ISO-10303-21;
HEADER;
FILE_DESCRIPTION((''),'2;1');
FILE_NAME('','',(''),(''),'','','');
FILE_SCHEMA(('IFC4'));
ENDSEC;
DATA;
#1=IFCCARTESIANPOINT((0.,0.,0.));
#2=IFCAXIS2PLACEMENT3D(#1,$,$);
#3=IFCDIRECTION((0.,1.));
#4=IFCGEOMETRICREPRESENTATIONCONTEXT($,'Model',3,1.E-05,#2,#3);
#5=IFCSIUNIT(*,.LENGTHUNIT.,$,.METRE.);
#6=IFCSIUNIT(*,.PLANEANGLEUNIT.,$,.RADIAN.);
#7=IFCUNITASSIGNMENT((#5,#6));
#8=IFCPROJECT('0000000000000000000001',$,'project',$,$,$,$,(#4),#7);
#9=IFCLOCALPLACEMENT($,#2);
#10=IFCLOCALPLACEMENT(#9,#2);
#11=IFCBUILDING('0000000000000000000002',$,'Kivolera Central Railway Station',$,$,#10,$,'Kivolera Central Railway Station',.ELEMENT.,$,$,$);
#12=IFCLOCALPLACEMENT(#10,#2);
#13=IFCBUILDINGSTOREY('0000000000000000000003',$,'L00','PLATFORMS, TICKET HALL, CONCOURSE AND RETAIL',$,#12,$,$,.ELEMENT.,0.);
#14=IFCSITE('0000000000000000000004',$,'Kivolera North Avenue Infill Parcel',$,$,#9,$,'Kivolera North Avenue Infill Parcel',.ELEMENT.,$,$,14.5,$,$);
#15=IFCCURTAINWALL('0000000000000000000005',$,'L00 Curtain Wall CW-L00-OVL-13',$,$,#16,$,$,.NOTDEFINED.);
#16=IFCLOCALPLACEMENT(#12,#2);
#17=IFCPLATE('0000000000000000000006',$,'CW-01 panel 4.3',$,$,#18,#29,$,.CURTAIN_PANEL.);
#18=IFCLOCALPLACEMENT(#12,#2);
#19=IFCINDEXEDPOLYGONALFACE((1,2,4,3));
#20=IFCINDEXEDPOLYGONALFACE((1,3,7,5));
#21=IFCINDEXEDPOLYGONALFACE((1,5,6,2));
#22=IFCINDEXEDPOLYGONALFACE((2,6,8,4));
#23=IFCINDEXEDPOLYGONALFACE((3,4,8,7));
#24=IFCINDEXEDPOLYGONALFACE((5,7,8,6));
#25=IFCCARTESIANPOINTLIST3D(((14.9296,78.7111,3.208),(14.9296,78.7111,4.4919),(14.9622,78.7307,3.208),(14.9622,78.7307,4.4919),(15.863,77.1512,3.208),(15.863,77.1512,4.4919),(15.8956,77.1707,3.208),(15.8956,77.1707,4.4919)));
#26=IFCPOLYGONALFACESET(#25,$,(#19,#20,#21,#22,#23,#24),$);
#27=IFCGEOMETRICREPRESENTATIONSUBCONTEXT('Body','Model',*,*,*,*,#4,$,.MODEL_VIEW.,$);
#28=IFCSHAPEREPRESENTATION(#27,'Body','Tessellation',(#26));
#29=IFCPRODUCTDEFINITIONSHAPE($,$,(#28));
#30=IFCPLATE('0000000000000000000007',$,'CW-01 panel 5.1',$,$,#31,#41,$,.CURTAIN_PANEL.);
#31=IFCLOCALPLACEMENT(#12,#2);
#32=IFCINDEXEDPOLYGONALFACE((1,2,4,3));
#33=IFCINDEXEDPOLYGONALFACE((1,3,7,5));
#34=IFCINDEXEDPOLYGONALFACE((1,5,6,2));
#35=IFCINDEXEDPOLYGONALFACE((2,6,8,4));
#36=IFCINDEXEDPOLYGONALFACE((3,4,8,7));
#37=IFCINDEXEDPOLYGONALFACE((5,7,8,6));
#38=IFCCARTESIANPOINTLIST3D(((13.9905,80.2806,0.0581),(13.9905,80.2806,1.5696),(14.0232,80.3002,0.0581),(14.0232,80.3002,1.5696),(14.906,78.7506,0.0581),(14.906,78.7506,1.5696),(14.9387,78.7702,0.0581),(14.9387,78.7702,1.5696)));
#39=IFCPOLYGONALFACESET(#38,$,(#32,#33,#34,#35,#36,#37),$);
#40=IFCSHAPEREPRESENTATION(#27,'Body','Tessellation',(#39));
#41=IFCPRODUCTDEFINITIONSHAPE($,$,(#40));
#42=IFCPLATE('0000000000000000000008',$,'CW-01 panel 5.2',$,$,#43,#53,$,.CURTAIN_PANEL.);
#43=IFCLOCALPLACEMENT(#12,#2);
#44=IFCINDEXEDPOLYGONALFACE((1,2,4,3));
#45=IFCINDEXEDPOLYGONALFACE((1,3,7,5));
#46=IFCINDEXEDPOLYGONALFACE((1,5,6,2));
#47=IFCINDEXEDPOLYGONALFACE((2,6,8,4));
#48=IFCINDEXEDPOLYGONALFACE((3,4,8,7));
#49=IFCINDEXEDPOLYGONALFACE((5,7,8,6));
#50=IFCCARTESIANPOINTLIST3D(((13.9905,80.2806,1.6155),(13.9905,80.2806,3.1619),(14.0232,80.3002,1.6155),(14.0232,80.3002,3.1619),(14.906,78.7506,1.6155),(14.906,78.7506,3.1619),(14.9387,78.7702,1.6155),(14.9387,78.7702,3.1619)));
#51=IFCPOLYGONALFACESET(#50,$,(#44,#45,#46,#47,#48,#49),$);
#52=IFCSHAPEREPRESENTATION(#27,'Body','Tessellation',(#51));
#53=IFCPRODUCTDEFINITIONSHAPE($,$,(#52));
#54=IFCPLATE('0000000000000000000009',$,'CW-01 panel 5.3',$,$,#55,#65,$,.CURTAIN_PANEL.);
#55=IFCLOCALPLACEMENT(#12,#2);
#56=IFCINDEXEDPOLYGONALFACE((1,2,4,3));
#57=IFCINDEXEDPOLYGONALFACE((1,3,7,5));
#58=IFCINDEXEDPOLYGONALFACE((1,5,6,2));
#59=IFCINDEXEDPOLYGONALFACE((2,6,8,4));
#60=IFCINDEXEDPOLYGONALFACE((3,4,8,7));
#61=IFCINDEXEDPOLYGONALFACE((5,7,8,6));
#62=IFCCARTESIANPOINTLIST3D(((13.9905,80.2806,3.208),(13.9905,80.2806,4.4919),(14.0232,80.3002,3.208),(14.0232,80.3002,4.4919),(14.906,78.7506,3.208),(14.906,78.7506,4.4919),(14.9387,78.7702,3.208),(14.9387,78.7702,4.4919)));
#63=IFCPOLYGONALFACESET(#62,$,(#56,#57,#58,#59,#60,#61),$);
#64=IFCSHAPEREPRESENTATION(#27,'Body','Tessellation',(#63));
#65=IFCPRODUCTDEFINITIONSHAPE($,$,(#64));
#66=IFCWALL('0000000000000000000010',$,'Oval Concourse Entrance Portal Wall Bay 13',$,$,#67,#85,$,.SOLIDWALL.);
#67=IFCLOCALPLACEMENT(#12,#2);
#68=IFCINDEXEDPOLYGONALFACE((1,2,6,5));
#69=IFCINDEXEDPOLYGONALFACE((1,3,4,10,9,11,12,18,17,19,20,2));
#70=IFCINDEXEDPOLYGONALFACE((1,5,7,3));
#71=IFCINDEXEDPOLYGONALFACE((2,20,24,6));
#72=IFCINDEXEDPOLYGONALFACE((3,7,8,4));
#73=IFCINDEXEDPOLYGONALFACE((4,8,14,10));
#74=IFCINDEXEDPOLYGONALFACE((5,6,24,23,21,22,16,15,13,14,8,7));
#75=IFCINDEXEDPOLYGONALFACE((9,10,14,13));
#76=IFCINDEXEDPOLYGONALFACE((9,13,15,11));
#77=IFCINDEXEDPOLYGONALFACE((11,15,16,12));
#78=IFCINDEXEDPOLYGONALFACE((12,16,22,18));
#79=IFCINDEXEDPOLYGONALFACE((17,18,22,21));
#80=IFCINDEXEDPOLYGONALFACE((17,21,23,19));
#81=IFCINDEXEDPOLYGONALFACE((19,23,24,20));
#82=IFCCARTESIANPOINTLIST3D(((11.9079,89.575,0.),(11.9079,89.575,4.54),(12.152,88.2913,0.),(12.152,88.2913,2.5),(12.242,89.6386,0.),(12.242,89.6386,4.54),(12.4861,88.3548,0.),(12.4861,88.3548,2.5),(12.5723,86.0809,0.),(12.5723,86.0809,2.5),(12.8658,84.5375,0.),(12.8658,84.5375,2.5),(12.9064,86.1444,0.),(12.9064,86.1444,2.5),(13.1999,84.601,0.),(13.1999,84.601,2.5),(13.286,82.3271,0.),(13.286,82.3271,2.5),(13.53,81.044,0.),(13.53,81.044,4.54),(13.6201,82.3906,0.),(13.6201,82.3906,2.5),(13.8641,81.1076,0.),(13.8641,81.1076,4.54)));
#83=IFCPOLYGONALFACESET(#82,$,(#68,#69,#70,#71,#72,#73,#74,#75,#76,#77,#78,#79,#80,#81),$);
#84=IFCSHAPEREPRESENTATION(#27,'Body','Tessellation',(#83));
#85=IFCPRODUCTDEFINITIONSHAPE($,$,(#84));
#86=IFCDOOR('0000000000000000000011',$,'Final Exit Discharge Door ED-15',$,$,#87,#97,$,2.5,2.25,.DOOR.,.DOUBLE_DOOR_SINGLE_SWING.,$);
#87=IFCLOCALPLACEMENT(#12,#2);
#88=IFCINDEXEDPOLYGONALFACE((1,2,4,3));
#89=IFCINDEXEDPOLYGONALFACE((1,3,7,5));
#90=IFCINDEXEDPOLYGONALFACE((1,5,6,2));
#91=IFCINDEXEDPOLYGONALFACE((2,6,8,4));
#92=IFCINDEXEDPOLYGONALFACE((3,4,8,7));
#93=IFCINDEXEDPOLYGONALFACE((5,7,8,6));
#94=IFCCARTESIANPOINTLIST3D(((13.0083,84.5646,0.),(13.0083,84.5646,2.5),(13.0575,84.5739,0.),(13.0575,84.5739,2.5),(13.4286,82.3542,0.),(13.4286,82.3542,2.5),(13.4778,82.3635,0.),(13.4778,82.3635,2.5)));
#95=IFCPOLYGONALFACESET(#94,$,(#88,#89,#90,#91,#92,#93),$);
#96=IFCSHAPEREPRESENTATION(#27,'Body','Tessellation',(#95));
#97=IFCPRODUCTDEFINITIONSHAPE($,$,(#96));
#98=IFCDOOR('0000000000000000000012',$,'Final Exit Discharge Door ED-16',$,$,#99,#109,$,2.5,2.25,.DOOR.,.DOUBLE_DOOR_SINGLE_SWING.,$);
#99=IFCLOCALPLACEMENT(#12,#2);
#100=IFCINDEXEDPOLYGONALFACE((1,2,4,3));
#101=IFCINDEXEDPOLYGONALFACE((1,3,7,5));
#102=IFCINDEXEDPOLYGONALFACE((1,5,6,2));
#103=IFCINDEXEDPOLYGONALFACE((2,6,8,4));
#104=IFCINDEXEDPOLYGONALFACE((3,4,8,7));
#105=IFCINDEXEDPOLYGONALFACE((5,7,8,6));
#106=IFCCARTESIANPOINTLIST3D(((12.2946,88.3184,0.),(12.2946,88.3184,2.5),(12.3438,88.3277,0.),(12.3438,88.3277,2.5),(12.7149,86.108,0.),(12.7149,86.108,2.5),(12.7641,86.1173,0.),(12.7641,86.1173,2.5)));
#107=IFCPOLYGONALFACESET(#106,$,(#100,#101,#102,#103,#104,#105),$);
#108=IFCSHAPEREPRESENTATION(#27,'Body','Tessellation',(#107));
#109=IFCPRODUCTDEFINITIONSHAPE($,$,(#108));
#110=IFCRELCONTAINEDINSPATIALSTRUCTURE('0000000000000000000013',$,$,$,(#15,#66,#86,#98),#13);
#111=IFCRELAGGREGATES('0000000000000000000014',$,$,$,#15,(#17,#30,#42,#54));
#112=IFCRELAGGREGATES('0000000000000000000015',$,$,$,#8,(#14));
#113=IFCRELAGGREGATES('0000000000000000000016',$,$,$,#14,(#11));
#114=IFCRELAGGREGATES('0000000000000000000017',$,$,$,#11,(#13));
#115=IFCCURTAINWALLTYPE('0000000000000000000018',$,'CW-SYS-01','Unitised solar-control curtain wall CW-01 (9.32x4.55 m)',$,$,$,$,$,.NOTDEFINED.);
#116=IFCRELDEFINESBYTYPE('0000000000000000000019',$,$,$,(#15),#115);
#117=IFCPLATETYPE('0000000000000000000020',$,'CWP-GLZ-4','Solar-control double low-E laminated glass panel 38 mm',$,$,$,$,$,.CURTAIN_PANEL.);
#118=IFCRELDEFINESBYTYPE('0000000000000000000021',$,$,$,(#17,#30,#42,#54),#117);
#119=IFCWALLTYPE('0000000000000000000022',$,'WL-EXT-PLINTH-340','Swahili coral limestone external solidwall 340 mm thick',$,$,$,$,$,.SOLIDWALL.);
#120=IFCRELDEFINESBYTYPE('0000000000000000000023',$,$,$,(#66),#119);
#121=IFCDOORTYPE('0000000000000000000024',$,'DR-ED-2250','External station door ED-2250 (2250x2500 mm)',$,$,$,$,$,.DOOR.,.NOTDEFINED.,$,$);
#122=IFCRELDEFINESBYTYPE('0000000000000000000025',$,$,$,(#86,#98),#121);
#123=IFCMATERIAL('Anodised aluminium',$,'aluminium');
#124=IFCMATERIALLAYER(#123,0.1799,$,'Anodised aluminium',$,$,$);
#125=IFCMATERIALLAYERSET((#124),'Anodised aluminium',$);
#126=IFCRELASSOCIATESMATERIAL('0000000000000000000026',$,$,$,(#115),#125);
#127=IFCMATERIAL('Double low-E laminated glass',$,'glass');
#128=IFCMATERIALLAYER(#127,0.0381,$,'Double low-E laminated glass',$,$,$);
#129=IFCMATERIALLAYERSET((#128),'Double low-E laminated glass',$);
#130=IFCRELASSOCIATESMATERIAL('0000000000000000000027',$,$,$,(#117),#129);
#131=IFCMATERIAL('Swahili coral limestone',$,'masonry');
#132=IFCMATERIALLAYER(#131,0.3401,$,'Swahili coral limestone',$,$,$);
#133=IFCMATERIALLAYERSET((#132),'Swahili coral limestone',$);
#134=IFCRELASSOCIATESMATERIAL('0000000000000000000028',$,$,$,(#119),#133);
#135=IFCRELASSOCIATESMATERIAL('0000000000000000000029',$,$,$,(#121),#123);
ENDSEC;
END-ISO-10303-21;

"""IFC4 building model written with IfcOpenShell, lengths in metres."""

from ifc_helpers import new_model, si_unit, direction, frame, frame_2d, origin, origin_2d, place, context, subcontext, project, spatial, rectangle, extrude, material, layer, layer_set, type_object, element, fill, aggregate, save


model = new_model("IFC4")

# Units and contexts
model_context = context("Model", 3, precision=1e-05, world=origin(), true_north=direction((0.0, 1.0)))
body_context = subcontext(model_context, "Body", "Model", "MODEL_VIEW")
ifc_project = project(units=[si_unit("LENGTHUNIT", "METRE"), si_unit("PLANEANGLEUNIT", "RADIAN")], contexts=[model_context])

# Site, building, storey
site_placement = place(None, origin())
site = spatial("IfcSite", under=ifc_project, at=site_placement, Name="Kivolera North Avenue Infill Parcel", LongName="Kivolera North Avenue Infill Parcel", CompositionType="ELEMENT", RefElevation=14.5)
building_placement = place(site_placement, origin())
building = spatial("IfcBuilding", under=site, at=building_placement, Name="Kivolera Central Railway Station", LongName="Kivolera Central Railway Station", CompositionType="ELEMENT")
storey_placement = place(building_placement, origin())
storey = spatial("IfcBuildingStorey", under=building, at=storey_placement, Name="L00", Description="PLATFORMS, TICKET HALL, CONCOURSE AND RETAIL", CompositionType="ELEMENT", Elevation=0.0)

# Curtain wall, plates
ifc_material_1 = material(Name="Anodised aluminium", Category="aluminium")
ifc_layer_1 = layer(ifc_material_1, 0.1799, Name="Anodised aluminium")
ifc_layer_set_1 = layer_set([ifc_layer_1], Name="Anodised aluminium")
curtain_wall_type = type_object("IfcCurtainWallType", Name="CW-SYS-01", Description="Unitised solar-control curtain wall CW-01 (9.32x4.55 m)", PredefinedType="NOTDEFINED", material=ifc_layer_set_1)
curtain_wall_placement = place(storey_placement, origin())
curtain_wall = element("IfcCurtainWall", 1, at=curtain_wall_placement, inside=storey, type_object=curtain_wall_type, Name="L00 Curtain Wall CW-L00-OVL-13", PredefinedType="NOTDEFINED")
ifc_material_2 = material(Name="Double low-E laminated glass", Category="glass")
ifc_layer_2 = layer(ifc_material_2, 0.0381, Name="Double low-E laminated glass")
ifc_layer_set_2 = layer_set([ifc_layer_2], Name="Double low-E laminated glass")
plate_type = type_object("IfcPlateType", Name="CWP-GLZ-4", Description="Solar-control double low-E laminated glass panel 38 mm", PredefinedType="CURTAIN_PANEL", material=ifc_layer_set_2)
plate_1_placement = place(storey_placement, frame((15.4126, 77.9409, 3.208), z_axis=(0.0, 0.0, 1.0), x_axis=(-0.513454, 0.858117, 0.0)))
plate_1 = element("IfcPlate", 2, at=plate_1_placement, type_object=plate_type, Name="CW-01 panel 4.3", PredefinedType="CURTAIN_PANEL", context=body_context, shape_type="SweptSolid", body=[
    extrude(rectangle(XDim=1.8179, YDim=0.0381, at=origin_2d()), origin(), (0.0, 0.0, 1.0), 1.2839),
])
plate_2_placement = place(storey_placement, frame((14.4646, 79.5254, 0.0581), z_axis=(0.0, 0.0, 1.0), x_axis=(-0.513454, 0.858117, 0.0)))
plate_2 = element("IfcPlate", 3, at=plate_2_placement, type_object=plate_type, Name="CW-01 panel 5.1", PredefinedType="CURTAIN_PANEL", context=body_context, shape_type="SweptSolid", body=[
    extrude(rectangle(XDim=1.783, YDim=0.0381, at=origin_2d()), origin(), (0.0, 0.0, 1.0), 1.5115),
])
plate_3_placement = place(storey_placement, frame((14.4646, 79.5254, 1.6155), z_axis=(0.0, 0.0, 1.0), x_axis=(-0.513454, 0.858117, 0.0)))
plate_3 = element("IfcPlate", 4, at=plate_3_placement, type_object=plate_type, Name="CW-01 panel 5.2", PredefinedType="CURTAIN_PANEL", context=body_context, shape_type="SweptSolid", body=[
    extrude(rectangle(XDim=1.783, YDim=0.0381, at=origin_2d()), origin(), (0.0, 0.0, 1.0), 1.5464),
])
plate_4_placement = place(storey_placement, frame((14.4646, 79.5254, 3.208), z_axis=(0.0, 0.0, 1.0), x_axis=(-0.513454, 0.858117, 0.0)))
plate_4 = element("IfcPlate", 5, at=plate_4_placement, type_object=plate_type, Name="CW-01 panel 5.3", PredefinedType="CURTAIN_PANEL", context=body_context, shape_type="SweptSolid", body=[
    extrude(rectangle(XDim=1.783, YDim=0.0381, at=origin_2d()), origin(), (0.0, 0.0, 1.0), 1.2839),
])
aggregate(curtain_wall, [plate_1, plate_2, plate_3, plate_4])

# Wall, openings, doors
ifc_material_3 = material(Name="Swahili coral limestone", Category="masonry")
ifc_layer_3 = layer(ifc_material_3, 0.3401, Name="Swahili coral limestone")
ifc_layer_set_3 = layer_set([ifc_layer_3], Name="Swahili coral limestone")
wall_type = type_object("IfcWallType", Name="WL-EXT-PLINTH-340", Description="Swahili coral limestone external solidwall 340 mm thick", PredefinedType="SOLIDWALL", material=ifc_layer_set_3)
wall_placement = place(storey_placement, frame((13.697, 81.0759, 0.0), z_axis=(0.0, 0.0, 1.0), x_axis=(-0.186792, 0.9824, 0.0)))
wall = element("IfcWall", 6, at=wall_placement, inside=storey, type_object=wall_type, Name="Oval Concourse Entrance Portal Wall Bay 13", PredefinedType="SOLIDWALL", context=body_context, shape_type="SweptSolid", body=[
    extrude(rectangle(XDim=8.6838, YDim=0.3401, at=frame_2d((4.3418, 0.0))), origin(), (0.0, 0.0, 1.0), 4.54),
])
opening_1_placement = place(wall_placement, frame((1.3059, 0.0, 0.0)))
opening_1 = element("IfcOpeningElement", 7, at=opening_1_placement, cuts=wall, PredefinedType="OPENING", context=body_context, shape_type="SweptSolid", body=[
    extrude(rectangle(XDim=2.25, YDim=2.5, at=frame_2d((1.125, 1.25))), frame((0.0, 0.1799, 0.0), z_axis=(0.0, -1.0, 0.0), x_axis=(1.0, 0.0, 0.0)), (0.0, 0.0, 1.0), 0.3601),
])
opening_2_placement = place(wall_placement, frame((5.127, 0.0, 0.0)))
opening_2 = element("IfcOpeningElement", 8, at=opening_2_placement, cuts=wall, PredefinedType="OPENING", context=body_context, shape_type="SweptSolid", body=[
    extrude(rectangle(XDim=2.25, YDim=2.5, at=frame_2d((1.125, 1.25))), frame((0.0, 0.1799, 0.0), z_axis=(0.0, -1.0, 0.0), x_axis=(1.0, 0.0, 0.0)), (0.0, 0.0, 1.0), 0.3601),
])
door_type = type_object("IfcDoorType", Name="DR-ED-2250", Description="External station door ED-2250 (2250x2500 mm)", OperationType="NOTDEFINED", PredefinedType="DOOR", material=ifc_material_1)
door_1_placement = place(opening_1_placement, origin())
door_1 = element("IfcDoor", 9, at=door_1_placement, inside=storey, type_object=door_type, Name="Final Exit Discharge Door ED-15", OperationType="DOUBLE_DOOR_SINGLE_SWING", OverallHeight=2.5, OverallWidth=2.25, PredefinedType="DOOR", context=body_context, shape_type="SweptSolid", body=[
    extrude(rectangle(XDim=2.25, YDim=2.5, at=frame_2d((1.125, 1.25))), frame((0.0, 0.0249, 0.0), z_axis=(0.0, -1.0, 0.0), x_axis=(1.0, 0.0, 0.0)), (0.0, 0.0, 1.0), 0.05),
])
fill(opening_1, door_1)
door_2_placement = place(opening_2_placement, origin())
door_2 = element("IfcDoor", 10, at=door_2_placement, inside=storey, type_object=door_type, Name="Final Exit Discharge Door ED-16", OperationType="DOUBLE_DOOR_SINGLE_SWING", OverallHeight=2.5, OverallWidth=2.25, PredefinedType="DOOR", context=body_context, shape_type="SweptSolid", body=[
    extrude(rectangle(XDim=2.25, YDim=2.5, at=frame_2d((1.125, 1.25))), frame((0.0, 0.0249, 0.0), z_axis=(0.0, -1.0, 0.0), x_axis=(1.0, 0.0, 0.0)), (0.0, 0.0, 1.0), 0.05),
])
fill(opening_2, door_2)

save(model, "model.ifc")
